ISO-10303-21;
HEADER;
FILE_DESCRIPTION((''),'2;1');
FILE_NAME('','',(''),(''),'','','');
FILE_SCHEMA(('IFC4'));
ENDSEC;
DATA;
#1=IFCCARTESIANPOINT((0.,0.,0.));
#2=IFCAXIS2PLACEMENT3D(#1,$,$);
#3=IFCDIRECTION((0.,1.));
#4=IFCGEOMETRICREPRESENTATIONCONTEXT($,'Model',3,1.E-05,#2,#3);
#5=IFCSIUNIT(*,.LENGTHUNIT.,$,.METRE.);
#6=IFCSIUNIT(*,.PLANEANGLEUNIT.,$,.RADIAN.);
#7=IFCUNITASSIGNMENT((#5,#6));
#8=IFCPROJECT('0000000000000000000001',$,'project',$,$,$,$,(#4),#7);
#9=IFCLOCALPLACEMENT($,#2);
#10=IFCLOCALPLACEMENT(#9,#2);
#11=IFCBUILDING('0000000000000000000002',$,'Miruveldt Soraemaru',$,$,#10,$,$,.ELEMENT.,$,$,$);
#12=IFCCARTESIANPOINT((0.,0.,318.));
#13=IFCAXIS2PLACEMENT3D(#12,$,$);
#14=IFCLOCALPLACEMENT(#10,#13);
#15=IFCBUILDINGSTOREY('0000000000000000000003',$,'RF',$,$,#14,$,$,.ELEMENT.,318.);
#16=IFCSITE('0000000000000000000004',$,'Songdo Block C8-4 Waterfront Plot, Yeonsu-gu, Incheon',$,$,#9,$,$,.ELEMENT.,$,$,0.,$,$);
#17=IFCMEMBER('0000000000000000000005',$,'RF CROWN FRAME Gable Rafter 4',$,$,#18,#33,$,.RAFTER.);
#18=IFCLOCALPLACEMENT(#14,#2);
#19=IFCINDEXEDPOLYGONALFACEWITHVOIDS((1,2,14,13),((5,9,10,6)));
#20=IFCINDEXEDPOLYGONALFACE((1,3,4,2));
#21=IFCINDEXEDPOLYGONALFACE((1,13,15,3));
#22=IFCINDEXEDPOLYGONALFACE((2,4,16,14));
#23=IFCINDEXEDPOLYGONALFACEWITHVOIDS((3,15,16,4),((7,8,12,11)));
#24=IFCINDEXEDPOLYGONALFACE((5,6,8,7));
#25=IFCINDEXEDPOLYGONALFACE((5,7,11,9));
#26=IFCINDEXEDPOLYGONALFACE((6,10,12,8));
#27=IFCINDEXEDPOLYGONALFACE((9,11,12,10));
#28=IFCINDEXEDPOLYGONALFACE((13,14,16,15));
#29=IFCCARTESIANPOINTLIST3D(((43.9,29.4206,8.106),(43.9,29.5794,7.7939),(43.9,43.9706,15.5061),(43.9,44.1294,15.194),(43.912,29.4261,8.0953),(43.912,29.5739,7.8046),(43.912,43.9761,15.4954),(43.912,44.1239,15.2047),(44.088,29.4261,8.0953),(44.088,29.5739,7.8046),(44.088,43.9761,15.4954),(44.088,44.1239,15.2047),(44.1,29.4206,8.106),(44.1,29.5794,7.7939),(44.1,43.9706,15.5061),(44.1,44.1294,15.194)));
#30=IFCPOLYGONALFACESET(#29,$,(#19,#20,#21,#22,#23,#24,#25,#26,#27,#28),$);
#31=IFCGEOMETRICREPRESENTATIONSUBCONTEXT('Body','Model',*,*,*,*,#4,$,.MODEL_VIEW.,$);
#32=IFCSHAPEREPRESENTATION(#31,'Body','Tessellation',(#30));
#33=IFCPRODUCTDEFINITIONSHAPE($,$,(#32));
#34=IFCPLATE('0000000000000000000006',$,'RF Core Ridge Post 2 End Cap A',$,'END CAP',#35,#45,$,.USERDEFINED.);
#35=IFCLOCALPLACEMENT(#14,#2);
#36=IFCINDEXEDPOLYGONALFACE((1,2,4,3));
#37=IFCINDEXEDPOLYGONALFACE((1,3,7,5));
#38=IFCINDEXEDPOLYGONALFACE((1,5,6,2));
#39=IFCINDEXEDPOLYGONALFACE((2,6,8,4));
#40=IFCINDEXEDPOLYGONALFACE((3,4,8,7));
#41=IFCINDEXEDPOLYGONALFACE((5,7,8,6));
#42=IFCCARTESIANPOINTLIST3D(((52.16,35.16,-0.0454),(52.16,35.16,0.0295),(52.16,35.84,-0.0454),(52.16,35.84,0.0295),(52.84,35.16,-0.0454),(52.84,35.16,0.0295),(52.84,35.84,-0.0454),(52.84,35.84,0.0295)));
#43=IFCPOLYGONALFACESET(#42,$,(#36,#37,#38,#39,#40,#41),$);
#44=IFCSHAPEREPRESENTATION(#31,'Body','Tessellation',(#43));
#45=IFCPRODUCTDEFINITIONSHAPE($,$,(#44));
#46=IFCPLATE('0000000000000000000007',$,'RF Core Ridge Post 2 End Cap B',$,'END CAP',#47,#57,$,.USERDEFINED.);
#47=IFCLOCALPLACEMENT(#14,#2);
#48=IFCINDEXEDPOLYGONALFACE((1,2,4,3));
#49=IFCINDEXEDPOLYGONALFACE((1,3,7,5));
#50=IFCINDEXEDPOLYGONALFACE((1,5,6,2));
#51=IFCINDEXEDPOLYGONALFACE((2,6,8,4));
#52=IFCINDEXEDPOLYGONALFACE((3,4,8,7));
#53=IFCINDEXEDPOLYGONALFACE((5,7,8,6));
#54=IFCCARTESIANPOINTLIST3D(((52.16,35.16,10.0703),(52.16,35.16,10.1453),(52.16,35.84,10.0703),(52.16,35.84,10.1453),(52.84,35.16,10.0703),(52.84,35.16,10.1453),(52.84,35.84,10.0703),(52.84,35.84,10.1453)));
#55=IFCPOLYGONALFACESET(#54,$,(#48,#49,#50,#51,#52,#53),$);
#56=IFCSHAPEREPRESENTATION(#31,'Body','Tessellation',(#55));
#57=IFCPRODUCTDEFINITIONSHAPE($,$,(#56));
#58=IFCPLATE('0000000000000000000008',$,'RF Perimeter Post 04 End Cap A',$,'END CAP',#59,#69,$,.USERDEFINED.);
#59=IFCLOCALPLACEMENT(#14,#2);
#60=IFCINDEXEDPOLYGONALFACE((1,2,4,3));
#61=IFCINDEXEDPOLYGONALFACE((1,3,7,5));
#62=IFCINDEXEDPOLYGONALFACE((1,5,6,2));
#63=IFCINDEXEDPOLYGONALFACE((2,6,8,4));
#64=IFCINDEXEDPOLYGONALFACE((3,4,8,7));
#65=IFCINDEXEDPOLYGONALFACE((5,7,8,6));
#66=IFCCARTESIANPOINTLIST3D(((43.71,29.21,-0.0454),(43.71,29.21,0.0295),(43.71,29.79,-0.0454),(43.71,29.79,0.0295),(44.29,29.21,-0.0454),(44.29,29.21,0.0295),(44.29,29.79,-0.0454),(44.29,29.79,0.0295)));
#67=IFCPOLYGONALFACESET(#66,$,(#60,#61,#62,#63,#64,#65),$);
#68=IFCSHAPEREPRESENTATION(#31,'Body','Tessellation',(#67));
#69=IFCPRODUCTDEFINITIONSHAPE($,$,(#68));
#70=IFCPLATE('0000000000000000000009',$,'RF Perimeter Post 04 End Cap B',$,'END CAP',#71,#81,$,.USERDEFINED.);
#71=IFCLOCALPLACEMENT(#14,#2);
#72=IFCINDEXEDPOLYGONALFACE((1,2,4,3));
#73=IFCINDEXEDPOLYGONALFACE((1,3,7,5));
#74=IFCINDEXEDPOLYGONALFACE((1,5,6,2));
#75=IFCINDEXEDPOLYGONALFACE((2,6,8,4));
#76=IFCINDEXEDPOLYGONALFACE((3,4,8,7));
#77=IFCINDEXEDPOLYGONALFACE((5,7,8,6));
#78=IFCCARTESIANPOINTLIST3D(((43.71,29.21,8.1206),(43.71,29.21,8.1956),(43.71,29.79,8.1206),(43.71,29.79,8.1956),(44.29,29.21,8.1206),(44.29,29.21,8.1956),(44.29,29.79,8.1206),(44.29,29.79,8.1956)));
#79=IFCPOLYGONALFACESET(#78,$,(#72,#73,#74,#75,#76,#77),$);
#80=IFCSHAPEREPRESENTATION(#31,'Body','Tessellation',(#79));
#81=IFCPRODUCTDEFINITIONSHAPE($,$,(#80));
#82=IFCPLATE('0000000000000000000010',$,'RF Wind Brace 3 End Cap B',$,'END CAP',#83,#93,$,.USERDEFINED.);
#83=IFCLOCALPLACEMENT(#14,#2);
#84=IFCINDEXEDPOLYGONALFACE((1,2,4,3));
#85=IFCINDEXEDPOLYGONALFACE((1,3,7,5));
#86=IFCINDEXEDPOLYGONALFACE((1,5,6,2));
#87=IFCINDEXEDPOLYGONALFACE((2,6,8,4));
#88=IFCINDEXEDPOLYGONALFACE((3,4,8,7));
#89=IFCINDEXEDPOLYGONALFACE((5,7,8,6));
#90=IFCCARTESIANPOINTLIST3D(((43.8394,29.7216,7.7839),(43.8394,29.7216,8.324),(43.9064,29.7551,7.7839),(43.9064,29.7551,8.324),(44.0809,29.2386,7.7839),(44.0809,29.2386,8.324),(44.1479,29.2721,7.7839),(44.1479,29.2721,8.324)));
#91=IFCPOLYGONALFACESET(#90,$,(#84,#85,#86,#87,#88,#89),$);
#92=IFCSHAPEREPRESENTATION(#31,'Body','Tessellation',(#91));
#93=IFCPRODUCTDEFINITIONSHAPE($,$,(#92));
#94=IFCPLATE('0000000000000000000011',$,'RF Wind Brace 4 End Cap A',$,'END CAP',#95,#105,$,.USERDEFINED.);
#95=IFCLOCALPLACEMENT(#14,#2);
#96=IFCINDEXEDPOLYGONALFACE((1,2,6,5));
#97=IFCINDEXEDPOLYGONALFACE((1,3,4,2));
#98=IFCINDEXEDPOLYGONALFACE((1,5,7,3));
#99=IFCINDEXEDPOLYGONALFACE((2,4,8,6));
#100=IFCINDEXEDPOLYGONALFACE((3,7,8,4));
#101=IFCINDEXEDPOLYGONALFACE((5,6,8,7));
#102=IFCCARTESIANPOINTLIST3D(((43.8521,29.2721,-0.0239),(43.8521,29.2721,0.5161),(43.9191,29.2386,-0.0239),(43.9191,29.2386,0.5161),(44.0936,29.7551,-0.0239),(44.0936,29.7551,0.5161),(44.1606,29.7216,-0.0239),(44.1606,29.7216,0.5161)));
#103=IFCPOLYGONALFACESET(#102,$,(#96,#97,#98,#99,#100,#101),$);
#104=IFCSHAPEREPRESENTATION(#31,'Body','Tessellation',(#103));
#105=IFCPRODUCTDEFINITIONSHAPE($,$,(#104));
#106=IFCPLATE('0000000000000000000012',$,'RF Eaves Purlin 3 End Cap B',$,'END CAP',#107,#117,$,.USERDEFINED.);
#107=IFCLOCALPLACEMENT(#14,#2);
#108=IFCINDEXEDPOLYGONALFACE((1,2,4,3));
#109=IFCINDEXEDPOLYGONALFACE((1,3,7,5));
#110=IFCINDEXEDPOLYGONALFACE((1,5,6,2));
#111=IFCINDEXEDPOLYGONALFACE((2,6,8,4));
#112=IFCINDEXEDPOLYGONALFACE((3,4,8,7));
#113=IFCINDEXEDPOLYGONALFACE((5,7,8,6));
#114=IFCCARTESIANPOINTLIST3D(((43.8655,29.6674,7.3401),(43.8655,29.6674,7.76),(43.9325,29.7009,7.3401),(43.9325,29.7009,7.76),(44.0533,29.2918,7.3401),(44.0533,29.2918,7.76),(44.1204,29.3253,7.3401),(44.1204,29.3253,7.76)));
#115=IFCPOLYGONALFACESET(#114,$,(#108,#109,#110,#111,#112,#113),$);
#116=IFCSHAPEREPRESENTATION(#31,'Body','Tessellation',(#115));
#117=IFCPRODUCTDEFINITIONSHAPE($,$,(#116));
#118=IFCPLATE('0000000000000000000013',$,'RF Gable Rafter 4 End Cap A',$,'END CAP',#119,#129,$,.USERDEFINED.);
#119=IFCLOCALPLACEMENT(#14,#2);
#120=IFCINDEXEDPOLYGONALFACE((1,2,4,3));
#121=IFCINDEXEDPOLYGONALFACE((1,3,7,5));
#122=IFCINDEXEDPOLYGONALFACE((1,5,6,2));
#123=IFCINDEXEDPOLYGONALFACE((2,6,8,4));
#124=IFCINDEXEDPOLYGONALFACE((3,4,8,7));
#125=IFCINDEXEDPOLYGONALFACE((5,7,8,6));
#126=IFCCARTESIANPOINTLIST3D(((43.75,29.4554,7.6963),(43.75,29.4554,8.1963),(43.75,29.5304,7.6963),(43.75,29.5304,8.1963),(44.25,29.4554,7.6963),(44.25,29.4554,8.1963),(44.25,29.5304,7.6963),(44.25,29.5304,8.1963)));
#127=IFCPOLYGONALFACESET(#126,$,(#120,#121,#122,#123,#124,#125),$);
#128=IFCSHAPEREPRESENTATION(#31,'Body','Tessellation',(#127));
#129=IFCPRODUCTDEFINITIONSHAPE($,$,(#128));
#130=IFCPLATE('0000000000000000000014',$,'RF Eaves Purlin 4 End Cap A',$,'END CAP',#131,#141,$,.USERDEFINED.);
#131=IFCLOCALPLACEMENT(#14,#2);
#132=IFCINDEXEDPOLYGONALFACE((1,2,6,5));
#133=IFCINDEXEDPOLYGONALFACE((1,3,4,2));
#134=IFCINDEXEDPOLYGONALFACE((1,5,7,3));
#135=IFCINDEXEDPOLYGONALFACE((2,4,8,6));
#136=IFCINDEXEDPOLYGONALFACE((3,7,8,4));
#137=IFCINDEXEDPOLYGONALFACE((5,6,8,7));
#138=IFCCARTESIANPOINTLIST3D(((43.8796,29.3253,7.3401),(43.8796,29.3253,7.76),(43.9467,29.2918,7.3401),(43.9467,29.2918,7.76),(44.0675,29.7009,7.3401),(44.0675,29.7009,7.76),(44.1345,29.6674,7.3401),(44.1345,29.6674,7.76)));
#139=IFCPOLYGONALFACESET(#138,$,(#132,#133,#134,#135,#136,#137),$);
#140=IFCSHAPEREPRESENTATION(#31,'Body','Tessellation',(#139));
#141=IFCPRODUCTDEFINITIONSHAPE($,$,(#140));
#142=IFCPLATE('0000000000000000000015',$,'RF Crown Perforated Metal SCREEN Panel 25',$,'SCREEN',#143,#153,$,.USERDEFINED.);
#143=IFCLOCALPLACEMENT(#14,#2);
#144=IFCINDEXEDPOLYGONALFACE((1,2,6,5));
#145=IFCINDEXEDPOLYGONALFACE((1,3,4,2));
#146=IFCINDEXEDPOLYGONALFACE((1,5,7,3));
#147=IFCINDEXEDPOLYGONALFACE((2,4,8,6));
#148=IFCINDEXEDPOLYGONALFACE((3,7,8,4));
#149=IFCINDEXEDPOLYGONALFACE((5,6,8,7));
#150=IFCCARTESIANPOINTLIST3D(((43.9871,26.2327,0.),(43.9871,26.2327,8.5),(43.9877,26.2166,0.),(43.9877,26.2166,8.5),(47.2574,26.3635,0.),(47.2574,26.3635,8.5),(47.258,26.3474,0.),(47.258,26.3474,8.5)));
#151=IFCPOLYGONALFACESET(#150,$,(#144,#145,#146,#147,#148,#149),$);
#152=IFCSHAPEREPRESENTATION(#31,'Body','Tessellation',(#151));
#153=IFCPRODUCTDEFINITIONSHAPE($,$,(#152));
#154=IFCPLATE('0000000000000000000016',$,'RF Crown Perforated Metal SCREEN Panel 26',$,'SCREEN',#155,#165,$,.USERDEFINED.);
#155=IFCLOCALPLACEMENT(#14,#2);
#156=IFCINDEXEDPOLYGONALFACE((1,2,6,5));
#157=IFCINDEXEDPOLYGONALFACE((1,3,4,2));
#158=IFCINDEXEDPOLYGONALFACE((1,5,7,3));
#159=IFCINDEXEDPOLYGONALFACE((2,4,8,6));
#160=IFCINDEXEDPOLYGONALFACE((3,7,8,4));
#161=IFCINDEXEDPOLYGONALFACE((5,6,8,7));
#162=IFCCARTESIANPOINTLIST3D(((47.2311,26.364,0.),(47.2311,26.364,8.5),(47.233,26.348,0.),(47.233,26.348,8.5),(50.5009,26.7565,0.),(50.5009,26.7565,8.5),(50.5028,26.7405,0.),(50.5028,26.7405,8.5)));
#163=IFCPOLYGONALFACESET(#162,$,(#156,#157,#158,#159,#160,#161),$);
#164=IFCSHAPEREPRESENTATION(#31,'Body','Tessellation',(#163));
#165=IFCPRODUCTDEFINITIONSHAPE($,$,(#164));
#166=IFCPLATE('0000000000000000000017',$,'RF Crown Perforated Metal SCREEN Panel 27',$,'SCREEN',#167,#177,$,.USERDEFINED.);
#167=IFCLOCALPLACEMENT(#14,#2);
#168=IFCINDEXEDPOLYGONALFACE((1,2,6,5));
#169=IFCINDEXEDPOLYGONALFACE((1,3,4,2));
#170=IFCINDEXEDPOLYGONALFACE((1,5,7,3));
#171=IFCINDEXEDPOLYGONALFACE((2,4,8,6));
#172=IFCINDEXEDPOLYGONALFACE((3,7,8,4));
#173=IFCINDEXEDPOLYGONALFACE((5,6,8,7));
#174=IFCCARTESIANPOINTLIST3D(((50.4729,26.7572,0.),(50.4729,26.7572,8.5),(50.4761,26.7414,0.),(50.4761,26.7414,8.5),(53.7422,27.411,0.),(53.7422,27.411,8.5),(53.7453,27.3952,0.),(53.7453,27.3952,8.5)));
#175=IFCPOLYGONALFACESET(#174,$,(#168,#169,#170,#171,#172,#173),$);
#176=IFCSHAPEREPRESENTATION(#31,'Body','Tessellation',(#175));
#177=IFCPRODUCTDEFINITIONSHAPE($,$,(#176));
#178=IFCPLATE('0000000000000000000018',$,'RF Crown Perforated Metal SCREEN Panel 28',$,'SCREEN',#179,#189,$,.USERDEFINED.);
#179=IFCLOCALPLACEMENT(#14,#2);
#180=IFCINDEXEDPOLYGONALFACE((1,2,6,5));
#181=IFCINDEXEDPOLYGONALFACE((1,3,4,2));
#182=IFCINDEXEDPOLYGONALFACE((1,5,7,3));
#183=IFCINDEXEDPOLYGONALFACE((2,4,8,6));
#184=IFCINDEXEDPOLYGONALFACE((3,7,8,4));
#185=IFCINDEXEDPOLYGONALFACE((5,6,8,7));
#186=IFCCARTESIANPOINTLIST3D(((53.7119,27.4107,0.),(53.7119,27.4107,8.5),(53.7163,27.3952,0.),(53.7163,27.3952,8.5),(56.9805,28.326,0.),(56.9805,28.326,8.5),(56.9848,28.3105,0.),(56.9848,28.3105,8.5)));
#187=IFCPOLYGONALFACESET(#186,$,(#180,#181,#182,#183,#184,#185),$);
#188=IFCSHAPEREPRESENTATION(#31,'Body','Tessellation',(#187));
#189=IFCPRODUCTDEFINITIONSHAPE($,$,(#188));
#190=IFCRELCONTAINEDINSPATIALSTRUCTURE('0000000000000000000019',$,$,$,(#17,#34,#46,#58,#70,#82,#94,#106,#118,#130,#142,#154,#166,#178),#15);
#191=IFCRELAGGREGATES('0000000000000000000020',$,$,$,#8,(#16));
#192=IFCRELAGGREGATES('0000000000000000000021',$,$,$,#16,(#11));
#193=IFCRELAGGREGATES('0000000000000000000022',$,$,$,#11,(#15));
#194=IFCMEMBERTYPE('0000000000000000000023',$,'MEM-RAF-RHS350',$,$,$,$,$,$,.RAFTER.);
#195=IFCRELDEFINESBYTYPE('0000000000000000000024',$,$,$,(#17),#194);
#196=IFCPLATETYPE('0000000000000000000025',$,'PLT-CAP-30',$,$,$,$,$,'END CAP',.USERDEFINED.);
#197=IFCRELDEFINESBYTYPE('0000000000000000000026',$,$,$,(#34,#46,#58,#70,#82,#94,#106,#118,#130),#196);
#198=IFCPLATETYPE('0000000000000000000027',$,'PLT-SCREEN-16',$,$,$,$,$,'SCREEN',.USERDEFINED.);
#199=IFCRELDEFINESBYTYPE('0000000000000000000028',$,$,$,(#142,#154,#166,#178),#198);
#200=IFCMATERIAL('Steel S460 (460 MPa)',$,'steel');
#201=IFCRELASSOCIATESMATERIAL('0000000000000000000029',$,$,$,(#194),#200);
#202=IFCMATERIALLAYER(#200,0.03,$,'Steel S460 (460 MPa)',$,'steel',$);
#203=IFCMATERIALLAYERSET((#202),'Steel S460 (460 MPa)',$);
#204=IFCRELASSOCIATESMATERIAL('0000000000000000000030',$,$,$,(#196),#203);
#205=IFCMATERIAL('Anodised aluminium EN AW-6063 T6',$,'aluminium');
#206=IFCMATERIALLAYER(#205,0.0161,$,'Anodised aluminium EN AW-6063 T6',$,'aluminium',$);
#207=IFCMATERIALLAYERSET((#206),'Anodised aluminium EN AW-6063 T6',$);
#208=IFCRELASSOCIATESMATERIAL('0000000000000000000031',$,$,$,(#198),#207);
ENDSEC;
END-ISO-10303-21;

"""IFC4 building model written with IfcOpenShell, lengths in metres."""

from ifc_helpers import new_model, si_unit, direction, frame, origin, origin_2d, place, context, subcontext, project, spatial, rectangle, hollow_rectangle, extrude, material, layer, layer_set, material_profile, profile_set, type_object, element, save


model = new_model("IFC4")

# Units and contexts
model_context = context("Model", 3, precision=1e-05, world=origin(), true_north=direction((0.0, 1.0)))
body_context = subcontext(model_context, "Body", "Model", "MODEL_VIEW")
ifc_project = project(units=[si_unit("LENGTHUNIT", "METRE"), si_unit("PLANEANGLEUNIT", "RADIAN")], contexts=[model_context])

# Site, building, storey
site_placement = place(None, origin())
site = spatial("IfcSite", under=ifc_project, at=site_placement, Name="Songdo Block C8-4 Waterfront Plot, Yeonsu-gu, Incheon", CompositionType="ELEMENT", RefElevation=0.0)
building_placement = place(site_placement, origin())
building = spatial("IfcBuilding", under=site, at=building_placement, Name="Miruveldt Soraemaru", CompositionType="ELEMENT")
storey_placement = place(building_placement, frame((0.0, 0.0, 318.0)))
storey = spatial("IfcBuildingStorey", under=building, at=storey_placement, Name="RF", CompositionType="ELEMENT", Elevation=318.0)

# Shared definitions
ifc_material_1 = material(Name="Steel S460 (460 MPa)", Category="steel")

# Member
ifc_material_profile_1 = material_profile(ifc_material_1, hollow_rectangle(XDim=0.2, YDim=0.3501, WallThickness=0.012, at=origin_2d()), Name="Steel S460 (460 MPa)", Category="steel")
ifc_profile_set_1 = profile_set([ifc_material_profile_1], Name="Steel S460 (460 MPa)")
member_type_1 = type_object("IfcMemberType", Name="MEM-RAF-RHS350", PredefinedType="RAFTER", material=ifc_profile_set_1)
member_1_placement = place(storey_placement, frame((44.0, 29.5, 7.95), z_axis=(0.0, 0.89134, 0.453335), x_axis=(-1.0, 0.0, 0.0)))
element("IfcMember", 1, at=member_1_placement, inside=storey, type_object=member_type_1, Name="RF CROWN FRAME Gable Rafter 4", PredefinedType="RAFTER", context=body_context, shape_type="SweptSolid", body=[
    extrude(hollow_rectangle(XDim=0.2, YDim=0.3501, WallThickness=0.012, at=origin_2d()), origin(), (0.0, 0.0, 1.0), 16.3237),
])

# Plates
ifc_layer_1 = layer(ifc_material_1, 0.03, Name="Steel S460 (460 MPa)", Category="steel")
ifc_layer_set_1 = layer_set([ifc_layer_1], Name="Steel S460 (460 MPa)")
plate_type_1 = type_object("IfcPlateType", Name="PLT-CAP-30", ElementType="END CAP", PredefinedType="USERDEFINED", material=ifc_layer_set_1)
for number, where, z_axis, x_axis, name in (
    (2, (52.5, 35.5, -0.0454), (0.0, 0.0, 1.0), (1.0, 0.0, 0.0), "RF Core Ridge Post 2 End Cap A"),
    (3, (52.5, 35.5, 10.0703), (0.0, 0.0, 1.0), (1.0, 0.0, 0.0), "RF Core Ridge Post 2 End Cap B"),
):
    element("IfcPlate", number, at=place(storey_placement, frame(where, z_axis=z_axis, x_axis=x_axis)), inside=storey, type_object=plate_type_1, Name=name, ObjectType="END CAP", PredefinedType="USERDEFINED", context=body_context, shape_type="SweptSolid", body=[
        extrude(rectangle(XDim=0.6799, YDim=0.6799, at=origin_2d()), origin(), (0.0, 0.0, 1.0), 0.075),
    ])
for number, where, z_axis, x_axis, name in (
    (4, (44.0, 29.5, -0.0454), (0.0, 0.0, 1.0), (1.0, 0.0, 0.0), "RF Perimeter Post 04 End Cap A"),
    (5, (44.0, 29.5, 8.1206), (0.0, 0.0, 1.0), (1.0, 0.0, 0.0), "RF Perimeter Post 04 End Cap B"),
):
    element("IfcPlate", number, at=place(storey_placement, frame(where, z_axis=z_axis, x_axis=x_axis)), inside=storey, type_object=plate_type_1, Name=name, ObjectType="END CAP", PredefinedType="USERDEFINED", context=body_context, shape_type="SweptSolid", body=[
        extrude(rectangle(XDim=0.5801, YDim=0.5801, at=origin_2d()), origin(), (0.0, 0.0, 1.0), 0.075),
    ])
for number, where, z_axis, x_axis, name in (
    (6, (43.9937, 29.4968, 7.7839), (0.0, 0.0, 1.0), (-0.894389, -0.447291, 0.0), "RF Wind Brace 3 End Cap B"),
    (7, (44.0063, 29.4968, -0.0239), (0.0, 0.0, 1.0), (0.894389, -0.447291, 0.0), "RF Wind Brace 4 End Cap A"),
):
    element("IfcPlate", number, at=place(storey_placement, frame(where, z_axis=z_axis, x_axis=x_axis)), inside=storey, type_object=plate_type_1, Name=name, ObjectType="END CAP", PredefinedType="USERDEFINED", context=body_context, shape_type="SweptSolid", body=[
        extrude(rectangle(XDim=0.075, YDim=0.54, at=origin_2d()), origin(), (0.0, 0.0, 1.0), 0.54),
    ])
plate_1_placement = place(storey_placement, frame((43.9929, 29.4963, 7.3401), z_axis=(0.0, 0.0, 1.0), x_axis=(-0.894389, -0.447291, 0.0)))
element("IfcPlate", 8, at=plate_1_placement, inside=storey, type_object=plate_type_1, Name="RF Eaves Purlin 3 End Cap B", ObjectType="END CAP", PredefinedType="USERDEFINED", context=body_context, shape_type="SweptSolid", body=[
    extrude(rectangle(XDim=0.075, YDim=0.4199, at=origin_2d()), origin(), (0.0, 0.0, 1.0), 0.4199),
])
plate_2_placement = place(storey_placement, frame((44.0, 29.4929, 7.6963), z_axis=(0.0, 0.0, 1.0), x_axis=(0.0, -1.0, 0.0)))
element("IfcPlate", 9, at=plate_2_placement, inside=storey, type_object=plate_type_1, Name="RF Gable Rafter 4 End Cap A", ObjectType="END CAP", PredefinedType="USERDEFINED", context=body_context, shape_type="SweptSolid", body=[
    extrude(rectangle(XDim=0.075, YDim=0.5, at=origin_2d()), origin(), (0.0, 0.0, 1.0), 0.5),
])
plate_3_placement = place(storey_placement, frame((44.0071, 29.4963, 7.3401), z_axis=(0.0, 0.0, 1.0), x_axis=(0.894389, -0.447291, 0.0)))
element("IfcPlate", 10, at=plate_3_placement, inside=storey, type_object=plate_type_1, Name="RF Eaves Purlin 4 End Cap A", ObjectType="END CAP", PredefinedType="USERDEFINED", context=body_context, shape_type="SweptSolid", body=[
    extrude(rectangle(XDim=0.075, YDim=0.4199, at=origin_2d()), origin(), (0.0, 0.0, 1.0), 0.4199),
])
ifc_material_2 = material(Name="Anodised aluminium EN AW-6063 T6", Category="aluminium")
ifc_layer_2 = layer(ifc_material_2, 0.0161, Name="Anodised aluminium EN AW-6063 T6", Category="aluminium")
ifc_layer_set_2 = layer_set([ifc_layer_2], Name="Anodised aluminium EN AW-6063 T6")
plate_type_2 = type_object("IfcPlateType", Name="PLT-SCREEN-16", ElementType="SCREEN", PredefinedType="USERDEFINED", material=ifc_layer_set_2)
plate_4_placement = place(storey_placement, frame((45.6226, 26.29, 0.0), z_axis=(0.0, 0.0, 1.0), x_axis=(0.999201, 0.039957, 0.0)))
element("IfcPlate", 11, at=plate_4_placement, inside=storey, type_object=plate_type_2, Name="RF Crown Perforated Metal SCREEN Panel 25", ObjectType="SCREEN", PredefinedType="USERDEFINED", context=body_context, shape_type="SweptSolid", body=[
    extrude(rectangle(XDim=3.2729, YDim=0.0161, at=origin_2d()), origin(), (0.0, 0.0, 1.0), 8.5),
])
plate_5_placement = place(storey_placement, frame((48.8669, 26.5522, 0.0), z_axis=(0.0, 0.0, 1.0), x_axis=(0.992874, 0.119166, 0.0)))
element("IfcPlate", 12, at=plate_5_placement, inside=storey, type_object=plate_type_2, Name="RF Crown Perforated Metal SCREEN Panel 26", ObjectType="SCREEN", PredefinedType="USERDEFINED", context=body_context, shape_type="SweptSolid", body=[
    extrude(rectangle(XDim=3.2932, YDim=0.0161, at=origin_2d()), origin(), (0.0, 0.0, 1.0), 8.5),
])
plate_6_placement = place(storey_placement, frame((52.1091, 27.0762, 0.0), z_axis=(0.0, 0.0, 1.0), x_axis=(0.980584, 0.1961, 0.0)))
element("IfcPlate", 13, at=plate_6_placement, inside=storey, type_object=plate_type_2, Name="RF Crown Perforated Metal SCREEN Panel 27", ObjectType="SCREEN", PredefinedType="USERDEFINED", context=body_context, shape_type="SweptSolid", body=[
    extrude(rectangle(XDim=3.334, YDim=0.0161, at=origin_2d()), origin(), (0.0, 0.0, 1.0), 8.5),
])
plate_7_placement = place(storey_placement, frame((55.3484, 27.8606, 0.0), z_axis=(0.0, 0.0, 1.0), x_axis=(0.96296, 0.269643, 0.0)))
element("IfcPlate", 14, at=plate_7_placement, inside=storey, type_object=plate_type_2, Name="RF Crown Perforated Metal SCREEN Panel 28", ObjectType="SCREEN", PredefinedType="USERDEFINED", context=body_context, shape_type="SweptSolid", body=[
    extrude(rectangle(XDim=3.3943, YDim=0.0161, at=origin_2d()), origin(), (0.0, 0.0, 1.0), 8.5),
])

save(model, "model.ifc")
